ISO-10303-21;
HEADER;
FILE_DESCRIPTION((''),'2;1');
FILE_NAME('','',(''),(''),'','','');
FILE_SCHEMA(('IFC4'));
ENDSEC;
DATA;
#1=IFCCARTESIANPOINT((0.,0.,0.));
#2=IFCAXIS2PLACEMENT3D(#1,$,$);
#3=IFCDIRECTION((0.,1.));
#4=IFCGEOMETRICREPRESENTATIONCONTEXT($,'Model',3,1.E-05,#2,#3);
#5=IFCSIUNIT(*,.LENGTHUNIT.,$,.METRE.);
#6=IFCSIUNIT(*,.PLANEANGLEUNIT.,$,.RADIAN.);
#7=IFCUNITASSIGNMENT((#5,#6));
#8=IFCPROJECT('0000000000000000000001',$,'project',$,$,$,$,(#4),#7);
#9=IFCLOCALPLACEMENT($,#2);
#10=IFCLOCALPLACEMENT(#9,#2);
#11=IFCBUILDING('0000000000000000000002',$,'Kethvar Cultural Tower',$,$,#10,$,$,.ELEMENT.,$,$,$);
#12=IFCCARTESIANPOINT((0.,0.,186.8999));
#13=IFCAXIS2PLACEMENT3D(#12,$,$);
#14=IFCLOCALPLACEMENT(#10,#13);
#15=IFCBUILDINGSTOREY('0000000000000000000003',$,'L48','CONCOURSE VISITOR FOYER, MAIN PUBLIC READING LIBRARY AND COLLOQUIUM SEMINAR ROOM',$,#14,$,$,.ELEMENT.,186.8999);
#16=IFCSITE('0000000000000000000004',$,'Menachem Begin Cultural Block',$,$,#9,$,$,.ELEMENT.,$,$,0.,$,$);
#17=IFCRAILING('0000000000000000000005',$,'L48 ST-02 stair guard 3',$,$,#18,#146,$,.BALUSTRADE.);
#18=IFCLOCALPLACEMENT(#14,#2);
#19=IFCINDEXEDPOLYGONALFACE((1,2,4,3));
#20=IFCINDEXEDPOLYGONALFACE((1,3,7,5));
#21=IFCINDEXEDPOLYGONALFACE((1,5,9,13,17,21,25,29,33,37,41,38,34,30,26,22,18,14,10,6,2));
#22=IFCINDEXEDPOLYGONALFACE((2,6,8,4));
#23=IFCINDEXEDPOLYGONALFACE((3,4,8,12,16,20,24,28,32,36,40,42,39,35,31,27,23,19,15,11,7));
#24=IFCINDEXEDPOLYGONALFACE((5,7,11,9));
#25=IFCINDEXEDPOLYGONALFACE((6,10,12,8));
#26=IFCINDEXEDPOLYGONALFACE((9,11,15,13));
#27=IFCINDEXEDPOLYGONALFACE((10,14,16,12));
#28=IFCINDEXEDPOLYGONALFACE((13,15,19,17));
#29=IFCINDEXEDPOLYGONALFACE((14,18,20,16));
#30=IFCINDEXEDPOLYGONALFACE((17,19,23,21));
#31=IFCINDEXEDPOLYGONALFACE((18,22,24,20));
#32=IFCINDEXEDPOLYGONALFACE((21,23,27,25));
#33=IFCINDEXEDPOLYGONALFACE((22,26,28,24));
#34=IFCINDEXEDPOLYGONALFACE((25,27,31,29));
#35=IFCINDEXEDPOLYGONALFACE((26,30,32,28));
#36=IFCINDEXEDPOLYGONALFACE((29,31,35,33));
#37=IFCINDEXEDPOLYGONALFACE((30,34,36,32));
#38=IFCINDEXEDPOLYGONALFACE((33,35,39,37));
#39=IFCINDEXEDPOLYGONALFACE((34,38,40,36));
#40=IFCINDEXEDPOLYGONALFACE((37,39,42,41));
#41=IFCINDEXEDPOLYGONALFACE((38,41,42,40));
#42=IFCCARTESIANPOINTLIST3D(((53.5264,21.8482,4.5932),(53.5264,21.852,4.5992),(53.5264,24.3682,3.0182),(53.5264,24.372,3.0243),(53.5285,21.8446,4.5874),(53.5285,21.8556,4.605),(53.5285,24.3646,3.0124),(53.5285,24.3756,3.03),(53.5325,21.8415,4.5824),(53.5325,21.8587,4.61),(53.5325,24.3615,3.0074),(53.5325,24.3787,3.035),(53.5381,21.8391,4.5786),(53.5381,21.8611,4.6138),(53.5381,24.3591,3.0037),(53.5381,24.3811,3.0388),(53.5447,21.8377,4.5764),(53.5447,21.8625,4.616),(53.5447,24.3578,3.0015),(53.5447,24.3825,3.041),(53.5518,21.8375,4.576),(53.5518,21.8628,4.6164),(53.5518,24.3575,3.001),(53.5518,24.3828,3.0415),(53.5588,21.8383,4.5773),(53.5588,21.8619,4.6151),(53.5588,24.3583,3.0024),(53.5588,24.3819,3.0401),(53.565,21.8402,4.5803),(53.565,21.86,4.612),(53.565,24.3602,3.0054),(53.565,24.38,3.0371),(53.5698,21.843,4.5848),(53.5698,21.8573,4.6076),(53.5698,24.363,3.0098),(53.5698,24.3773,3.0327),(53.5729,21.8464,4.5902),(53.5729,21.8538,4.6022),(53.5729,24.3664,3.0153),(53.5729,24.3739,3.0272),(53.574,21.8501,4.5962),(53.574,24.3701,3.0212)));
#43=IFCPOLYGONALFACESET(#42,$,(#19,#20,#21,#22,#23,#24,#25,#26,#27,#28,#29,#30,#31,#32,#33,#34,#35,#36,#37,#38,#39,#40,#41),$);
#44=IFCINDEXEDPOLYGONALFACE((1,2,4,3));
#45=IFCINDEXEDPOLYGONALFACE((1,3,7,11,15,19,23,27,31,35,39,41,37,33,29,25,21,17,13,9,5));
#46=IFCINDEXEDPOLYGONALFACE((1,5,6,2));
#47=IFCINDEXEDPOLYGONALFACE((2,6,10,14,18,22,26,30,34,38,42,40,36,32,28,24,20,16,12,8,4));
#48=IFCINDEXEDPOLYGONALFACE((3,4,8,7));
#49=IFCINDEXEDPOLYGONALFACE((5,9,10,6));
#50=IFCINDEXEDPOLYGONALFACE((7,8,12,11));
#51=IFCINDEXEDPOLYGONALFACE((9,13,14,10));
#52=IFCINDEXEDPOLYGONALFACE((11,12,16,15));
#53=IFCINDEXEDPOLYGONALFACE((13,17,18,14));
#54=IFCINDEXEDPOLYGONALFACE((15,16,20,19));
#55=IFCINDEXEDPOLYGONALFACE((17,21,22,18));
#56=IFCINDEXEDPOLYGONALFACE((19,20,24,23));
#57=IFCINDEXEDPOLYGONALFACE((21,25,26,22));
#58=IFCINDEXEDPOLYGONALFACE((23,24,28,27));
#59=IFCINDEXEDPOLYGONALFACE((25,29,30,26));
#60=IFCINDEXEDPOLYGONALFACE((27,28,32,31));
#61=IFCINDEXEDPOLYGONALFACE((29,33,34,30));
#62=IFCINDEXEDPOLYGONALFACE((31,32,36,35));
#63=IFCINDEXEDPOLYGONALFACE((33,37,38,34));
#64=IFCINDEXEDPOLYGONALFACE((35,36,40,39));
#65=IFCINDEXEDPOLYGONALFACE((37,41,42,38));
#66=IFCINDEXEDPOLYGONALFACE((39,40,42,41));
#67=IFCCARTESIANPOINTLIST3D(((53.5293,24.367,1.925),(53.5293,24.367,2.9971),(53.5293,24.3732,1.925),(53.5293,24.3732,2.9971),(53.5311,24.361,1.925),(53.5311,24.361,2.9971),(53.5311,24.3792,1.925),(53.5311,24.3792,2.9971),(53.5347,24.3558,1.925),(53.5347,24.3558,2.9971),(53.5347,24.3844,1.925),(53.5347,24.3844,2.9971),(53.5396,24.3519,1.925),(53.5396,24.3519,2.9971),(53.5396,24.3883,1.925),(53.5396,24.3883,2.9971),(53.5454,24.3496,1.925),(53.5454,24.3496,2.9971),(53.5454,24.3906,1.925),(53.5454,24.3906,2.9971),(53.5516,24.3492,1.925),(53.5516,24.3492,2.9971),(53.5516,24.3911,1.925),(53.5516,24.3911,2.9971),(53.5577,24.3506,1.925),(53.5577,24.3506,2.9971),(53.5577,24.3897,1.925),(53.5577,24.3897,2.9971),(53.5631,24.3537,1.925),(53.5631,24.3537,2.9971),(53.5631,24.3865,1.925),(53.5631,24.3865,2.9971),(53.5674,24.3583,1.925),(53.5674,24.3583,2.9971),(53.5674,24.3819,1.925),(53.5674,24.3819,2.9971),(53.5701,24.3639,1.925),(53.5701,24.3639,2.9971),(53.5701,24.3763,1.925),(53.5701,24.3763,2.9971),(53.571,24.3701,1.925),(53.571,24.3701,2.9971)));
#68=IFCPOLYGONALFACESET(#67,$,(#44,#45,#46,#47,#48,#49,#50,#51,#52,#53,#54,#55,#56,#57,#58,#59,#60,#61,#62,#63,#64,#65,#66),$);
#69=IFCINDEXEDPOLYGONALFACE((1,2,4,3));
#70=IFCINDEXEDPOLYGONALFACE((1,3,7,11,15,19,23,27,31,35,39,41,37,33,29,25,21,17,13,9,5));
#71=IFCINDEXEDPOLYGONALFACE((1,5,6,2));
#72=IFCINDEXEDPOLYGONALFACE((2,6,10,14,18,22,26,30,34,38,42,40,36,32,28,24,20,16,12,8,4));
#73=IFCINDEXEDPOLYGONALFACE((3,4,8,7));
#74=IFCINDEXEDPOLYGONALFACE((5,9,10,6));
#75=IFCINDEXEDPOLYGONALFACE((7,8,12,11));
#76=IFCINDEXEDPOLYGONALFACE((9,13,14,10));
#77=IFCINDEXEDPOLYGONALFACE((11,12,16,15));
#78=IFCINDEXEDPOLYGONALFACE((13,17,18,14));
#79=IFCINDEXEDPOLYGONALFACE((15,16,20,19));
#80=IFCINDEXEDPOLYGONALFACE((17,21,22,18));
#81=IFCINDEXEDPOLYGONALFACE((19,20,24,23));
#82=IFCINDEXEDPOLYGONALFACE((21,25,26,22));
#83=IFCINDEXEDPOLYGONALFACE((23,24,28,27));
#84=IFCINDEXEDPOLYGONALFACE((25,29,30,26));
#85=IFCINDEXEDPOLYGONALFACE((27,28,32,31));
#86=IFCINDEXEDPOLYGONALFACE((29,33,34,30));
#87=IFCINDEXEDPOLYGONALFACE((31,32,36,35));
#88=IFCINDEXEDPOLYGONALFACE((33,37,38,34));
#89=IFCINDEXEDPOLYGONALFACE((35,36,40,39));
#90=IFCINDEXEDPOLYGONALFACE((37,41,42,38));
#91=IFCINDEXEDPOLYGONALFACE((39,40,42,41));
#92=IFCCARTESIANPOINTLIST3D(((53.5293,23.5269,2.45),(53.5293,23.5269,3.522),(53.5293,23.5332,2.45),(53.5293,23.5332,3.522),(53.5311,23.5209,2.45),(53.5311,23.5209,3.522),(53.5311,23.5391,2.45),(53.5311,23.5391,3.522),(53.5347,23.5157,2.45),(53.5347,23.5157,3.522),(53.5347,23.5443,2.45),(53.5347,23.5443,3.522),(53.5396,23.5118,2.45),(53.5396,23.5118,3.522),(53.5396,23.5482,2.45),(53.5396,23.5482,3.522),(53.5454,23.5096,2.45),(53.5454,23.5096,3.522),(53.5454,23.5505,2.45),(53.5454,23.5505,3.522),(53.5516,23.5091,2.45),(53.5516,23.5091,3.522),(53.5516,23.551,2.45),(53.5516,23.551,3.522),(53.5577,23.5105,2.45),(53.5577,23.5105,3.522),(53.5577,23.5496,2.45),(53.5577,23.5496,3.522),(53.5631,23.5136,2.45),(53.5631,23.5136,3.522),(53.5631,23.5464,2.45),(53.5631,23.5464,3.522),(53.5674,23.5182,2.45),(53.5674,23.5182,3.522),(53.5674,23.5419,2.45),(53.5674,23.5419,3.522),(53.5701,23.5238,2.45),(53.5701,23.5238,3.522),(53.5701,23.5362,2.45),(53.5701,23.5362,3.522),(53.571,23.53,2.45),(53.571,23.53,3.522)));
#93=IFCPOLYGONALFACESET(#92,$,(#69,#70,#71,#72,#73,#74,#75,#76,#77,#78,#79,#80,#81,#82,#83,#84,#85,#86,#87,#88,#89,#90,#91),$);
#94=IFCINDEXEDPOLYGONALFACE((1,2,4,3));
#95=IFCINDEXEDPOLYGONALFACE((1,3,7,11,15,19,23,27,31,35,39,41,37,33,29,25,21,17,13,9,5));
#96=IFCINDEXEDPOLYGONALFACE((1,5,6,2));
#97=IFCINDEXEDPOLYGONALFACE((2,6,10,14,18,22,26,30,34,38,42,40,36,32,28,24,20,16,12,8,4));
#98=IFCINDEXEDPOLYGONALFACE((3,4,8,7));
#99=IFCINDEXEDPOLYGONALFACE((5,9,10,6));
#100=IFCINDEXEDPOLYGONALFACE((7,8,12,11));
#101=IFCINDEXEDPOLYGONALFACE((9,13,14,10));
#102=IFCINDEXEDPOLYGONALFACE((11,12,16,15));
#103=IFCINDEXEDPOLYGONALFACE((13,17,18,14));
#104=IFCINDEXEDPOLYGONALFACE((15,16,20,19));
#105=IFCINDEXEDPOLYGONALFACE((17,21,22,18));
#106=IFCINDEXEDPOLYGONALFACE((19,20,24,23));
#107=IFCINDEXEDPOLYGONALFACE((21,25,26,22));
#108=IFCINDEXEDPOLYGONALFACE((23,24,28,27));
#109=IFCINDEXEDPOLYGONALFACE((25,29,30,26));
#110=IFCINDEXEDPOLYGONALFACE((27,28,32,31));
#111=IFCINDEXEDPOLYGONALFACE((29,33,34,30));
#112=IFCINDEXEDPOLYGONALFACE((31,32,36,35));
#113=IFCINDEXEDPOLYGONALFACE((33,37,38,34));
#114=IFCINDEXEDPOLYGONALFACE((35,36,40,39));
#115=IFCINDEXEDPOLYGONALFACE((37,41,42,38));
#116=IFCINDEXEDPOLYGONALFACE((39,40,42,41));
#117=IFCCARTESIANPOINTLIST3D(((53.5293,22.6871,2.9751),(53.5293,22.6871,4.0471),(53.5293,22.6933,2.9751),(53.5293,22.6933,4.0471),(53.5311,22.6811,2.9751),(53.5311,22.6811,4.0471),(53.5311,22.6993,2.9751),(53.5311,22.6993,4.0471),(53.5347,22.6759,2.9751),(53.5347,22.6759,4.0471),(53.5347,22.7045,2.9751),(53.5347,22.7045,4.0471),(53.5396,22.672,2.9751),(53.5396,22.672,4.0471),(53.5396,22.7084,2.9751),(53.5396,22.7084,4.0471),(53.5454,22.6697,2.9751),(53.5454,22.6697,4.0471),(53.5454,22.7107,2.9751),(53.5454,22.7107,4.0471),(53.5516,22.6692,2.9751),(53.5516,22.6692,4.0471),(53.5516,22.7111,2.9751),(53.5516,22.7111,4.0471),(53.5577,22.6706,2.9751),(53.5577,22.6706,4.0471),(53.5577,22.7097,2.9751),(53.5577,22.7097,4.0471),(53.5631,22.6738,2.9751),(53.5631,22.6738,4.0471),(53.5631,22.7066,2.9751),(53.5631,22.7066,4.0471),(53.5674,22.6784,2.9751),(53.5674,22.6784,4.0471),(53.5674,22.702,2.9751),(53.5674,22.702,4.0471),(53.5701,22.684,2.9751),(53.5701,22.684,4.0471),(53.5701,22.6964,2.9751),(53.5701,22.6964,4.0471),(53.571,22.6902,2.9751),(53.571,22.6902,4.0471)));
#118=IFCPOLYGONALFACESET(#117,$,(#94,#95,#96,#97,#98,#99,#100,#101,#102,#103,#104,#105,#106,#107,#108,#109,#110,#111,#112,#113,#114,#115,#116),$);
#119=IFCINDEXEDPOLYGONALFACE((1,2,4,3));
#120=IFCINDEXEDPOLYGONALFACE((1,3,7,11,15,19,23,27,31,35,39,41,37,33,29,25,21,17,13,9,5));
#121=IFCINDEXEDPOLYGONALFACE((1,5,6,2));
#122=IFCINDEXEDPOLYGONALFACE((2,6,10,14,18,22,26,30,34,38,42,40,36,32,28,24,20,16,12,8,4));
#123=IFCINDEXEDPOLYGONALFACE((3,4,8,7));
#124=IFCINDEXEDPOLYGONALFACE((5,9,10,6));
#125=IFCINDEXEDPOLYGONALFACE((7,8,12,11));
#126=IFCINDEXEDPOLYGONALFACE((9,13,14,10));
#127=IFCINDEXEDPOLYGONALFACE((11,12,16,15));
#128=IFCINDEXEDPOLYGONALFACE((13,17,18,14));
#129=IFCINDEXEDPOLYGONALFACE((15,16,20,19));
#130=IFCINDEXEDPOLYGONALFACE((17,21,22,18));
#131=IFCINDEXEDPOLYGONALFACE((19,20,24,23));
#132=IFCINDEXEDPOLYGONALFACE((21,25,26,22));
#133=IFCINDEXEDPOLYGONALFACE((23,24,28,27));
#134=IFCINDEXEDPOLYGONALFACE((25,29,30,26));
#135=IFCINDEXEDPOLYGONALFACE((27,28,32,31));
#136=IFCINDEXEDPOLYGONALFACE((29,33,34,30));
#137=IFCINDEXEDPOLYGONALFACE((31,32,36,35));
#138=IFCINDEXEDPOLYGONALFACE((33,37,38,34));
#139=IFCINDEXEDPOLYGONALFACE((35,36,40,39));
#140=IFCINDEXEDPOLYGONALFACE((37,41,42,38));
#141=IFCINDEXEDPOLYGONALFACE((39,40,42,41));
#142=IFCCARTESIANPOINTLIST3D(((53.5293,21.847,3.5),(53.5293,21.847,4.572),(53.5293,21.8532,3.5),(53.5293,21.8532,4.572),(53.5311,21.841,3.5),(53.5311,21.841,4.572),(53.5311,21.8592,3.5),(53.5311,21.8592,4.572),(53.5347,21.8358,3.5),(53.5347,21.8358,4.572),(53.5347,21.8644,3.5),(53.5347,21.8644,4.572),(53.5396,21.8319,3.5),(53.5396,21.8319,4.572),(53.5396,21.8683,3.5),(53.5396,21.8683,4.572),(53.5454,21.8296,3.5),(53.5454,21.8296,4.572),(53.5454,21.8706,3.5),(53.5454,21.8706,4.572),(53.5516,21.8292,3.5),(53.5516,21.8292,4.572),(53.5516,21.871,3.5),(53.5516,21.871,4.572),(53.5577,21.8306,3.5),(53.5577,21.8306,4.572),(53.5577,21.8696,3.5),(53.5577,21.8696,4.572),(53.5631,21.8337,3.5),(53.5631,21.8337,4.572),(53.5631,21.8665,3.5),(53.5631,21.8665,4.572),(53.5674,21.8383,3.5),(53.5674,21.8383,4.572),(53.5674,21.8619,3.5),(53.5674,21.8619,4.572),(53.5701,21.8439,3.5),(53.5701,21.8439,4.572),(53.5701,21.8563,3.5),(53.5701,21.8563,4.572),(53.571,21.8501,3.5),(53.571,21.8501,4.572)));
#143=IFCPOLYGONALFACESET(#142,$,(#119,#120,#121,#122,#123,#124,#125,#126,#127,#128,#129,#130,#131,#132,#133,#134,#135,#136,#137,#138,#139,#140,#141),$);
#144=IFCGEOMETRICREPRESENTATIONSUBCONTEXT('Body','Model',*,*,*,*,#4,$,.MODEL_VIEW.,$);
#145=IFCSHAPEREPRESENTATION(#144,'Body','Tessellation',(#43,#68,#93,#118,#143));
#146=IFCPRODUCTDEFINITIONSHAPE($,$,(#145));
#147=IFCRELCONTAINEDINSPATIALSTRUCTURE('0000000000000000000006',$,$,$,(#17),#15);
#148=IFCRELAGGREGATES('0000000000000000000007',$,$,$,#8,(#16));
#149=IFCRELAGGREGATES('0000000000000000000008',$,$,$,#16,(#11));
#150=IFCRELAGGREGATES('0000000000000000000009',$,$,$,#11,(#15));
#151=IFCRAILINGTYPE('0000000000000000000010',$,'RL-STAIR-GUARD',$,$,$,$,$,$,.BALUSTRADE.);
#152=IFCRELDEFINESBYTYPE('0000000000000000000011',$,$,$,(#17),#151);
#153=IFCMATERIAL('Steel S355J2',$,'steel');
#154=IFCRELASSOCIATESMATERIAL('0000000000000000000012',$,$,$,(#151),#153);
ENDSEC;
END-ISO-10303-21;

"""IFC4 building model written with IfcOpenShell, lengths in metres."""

from ifc_helpers import new_model, si_unit, direction, frame, origin, origin_2d, place, context, subcontext, project, spatial, circle, extrude, material, type_object, element, save


model = new_model("IFC4")

# Units and contexts
model_context = context("Model", 3, precision=1e-05, world=origin(), true_north=direction((0.0, 1.0)))
body_context = subcontext(model_context, "Body", "Model", "MODEL_VIEW")
ifc_project = project(units=[si_unit("LENGTHUNIT", "METRE"), si_unit("PLANEANGLEUNIT", "RADIAN")], contexts=[model_context])

# Site, building, storey
site_placement = place(None, origin())
site = spatial("IfcSite", under=ifc_project, at=site_placement, Name="Menachem Begin Cultural Block", CompositionType="ELEMENT", RefElevation=0.0)
building_placement = place(site_placement, origin())
building = spatial("IfcBuilding", under=site, at=building_placement, Name="Kethvar Cultural Tower", CompositionType="ELEMENT")
storey_placement = place(building_placement, frame((0.0, 0.0, 186.8999)))
storey = spatial("IfcBuildingStorey", under=building, at=storey_placement, Name="L48", Description="CONCOURSE VISITOR FOYER, MAIN PUBLIC READING LIBRARY AND COLLOQUIUM SEMINAR ROOM", CompositionType="ELEMENT", Elevation=186.8999)

# Shared definitions
ifc_material_1 = material(Name="Steel S355J2", Category="steel")

# Railing
railing_type_1 = type_object("IfcRailingType", Name="RL-STAIR-GUARD", PredefinedType="BALUSTRADE", material=ifc_material_1)
railing_1_placement = place(storey_placement, frame((53.55, 24.3701, 1.925)))
element("IfcRailing", 1, at=railing_1_placement, inside=storey, type_object=railing_type_1, Name="L48 ST-02 stair guard 3", PredefinedType="BALUSTRADE", context=body_context, shape_type="SweptSolid", body=[
    extrude(circle(Radius=0.0239, at=origin_2d()), frame((0.0, 0.0, 1.0962), z_axis=(0.0, -0.848008, 0.529984), x_axis=(1.0, 0.0, 0.0)), (0.0, 0.0, 1.0), 2.9717),
    extrude(circle(Radius=0.021, at=origin_2d()), origin(), (0.0, 0.0, 1.0), 1.072),
    extrude(circle(Radius=0.021, at=origin_2d()), frame((0.0, -0.8401, 0.5249)), (0.0, 0.0, 1.0), 1.072),
    extrude(circle(Radius=0.021, at=origin_2d()), frame((0.0, -1.6799, 1.05)), (0.0, 0.0, 1.0), 1.072),
    extrude(circle(Radius=0.021, at=origin_2d()), frame((0.0, -2.52, 1.575)), (0.0, 0.0, 1.0), 1.072),
])

save(model, "model.ifc")
